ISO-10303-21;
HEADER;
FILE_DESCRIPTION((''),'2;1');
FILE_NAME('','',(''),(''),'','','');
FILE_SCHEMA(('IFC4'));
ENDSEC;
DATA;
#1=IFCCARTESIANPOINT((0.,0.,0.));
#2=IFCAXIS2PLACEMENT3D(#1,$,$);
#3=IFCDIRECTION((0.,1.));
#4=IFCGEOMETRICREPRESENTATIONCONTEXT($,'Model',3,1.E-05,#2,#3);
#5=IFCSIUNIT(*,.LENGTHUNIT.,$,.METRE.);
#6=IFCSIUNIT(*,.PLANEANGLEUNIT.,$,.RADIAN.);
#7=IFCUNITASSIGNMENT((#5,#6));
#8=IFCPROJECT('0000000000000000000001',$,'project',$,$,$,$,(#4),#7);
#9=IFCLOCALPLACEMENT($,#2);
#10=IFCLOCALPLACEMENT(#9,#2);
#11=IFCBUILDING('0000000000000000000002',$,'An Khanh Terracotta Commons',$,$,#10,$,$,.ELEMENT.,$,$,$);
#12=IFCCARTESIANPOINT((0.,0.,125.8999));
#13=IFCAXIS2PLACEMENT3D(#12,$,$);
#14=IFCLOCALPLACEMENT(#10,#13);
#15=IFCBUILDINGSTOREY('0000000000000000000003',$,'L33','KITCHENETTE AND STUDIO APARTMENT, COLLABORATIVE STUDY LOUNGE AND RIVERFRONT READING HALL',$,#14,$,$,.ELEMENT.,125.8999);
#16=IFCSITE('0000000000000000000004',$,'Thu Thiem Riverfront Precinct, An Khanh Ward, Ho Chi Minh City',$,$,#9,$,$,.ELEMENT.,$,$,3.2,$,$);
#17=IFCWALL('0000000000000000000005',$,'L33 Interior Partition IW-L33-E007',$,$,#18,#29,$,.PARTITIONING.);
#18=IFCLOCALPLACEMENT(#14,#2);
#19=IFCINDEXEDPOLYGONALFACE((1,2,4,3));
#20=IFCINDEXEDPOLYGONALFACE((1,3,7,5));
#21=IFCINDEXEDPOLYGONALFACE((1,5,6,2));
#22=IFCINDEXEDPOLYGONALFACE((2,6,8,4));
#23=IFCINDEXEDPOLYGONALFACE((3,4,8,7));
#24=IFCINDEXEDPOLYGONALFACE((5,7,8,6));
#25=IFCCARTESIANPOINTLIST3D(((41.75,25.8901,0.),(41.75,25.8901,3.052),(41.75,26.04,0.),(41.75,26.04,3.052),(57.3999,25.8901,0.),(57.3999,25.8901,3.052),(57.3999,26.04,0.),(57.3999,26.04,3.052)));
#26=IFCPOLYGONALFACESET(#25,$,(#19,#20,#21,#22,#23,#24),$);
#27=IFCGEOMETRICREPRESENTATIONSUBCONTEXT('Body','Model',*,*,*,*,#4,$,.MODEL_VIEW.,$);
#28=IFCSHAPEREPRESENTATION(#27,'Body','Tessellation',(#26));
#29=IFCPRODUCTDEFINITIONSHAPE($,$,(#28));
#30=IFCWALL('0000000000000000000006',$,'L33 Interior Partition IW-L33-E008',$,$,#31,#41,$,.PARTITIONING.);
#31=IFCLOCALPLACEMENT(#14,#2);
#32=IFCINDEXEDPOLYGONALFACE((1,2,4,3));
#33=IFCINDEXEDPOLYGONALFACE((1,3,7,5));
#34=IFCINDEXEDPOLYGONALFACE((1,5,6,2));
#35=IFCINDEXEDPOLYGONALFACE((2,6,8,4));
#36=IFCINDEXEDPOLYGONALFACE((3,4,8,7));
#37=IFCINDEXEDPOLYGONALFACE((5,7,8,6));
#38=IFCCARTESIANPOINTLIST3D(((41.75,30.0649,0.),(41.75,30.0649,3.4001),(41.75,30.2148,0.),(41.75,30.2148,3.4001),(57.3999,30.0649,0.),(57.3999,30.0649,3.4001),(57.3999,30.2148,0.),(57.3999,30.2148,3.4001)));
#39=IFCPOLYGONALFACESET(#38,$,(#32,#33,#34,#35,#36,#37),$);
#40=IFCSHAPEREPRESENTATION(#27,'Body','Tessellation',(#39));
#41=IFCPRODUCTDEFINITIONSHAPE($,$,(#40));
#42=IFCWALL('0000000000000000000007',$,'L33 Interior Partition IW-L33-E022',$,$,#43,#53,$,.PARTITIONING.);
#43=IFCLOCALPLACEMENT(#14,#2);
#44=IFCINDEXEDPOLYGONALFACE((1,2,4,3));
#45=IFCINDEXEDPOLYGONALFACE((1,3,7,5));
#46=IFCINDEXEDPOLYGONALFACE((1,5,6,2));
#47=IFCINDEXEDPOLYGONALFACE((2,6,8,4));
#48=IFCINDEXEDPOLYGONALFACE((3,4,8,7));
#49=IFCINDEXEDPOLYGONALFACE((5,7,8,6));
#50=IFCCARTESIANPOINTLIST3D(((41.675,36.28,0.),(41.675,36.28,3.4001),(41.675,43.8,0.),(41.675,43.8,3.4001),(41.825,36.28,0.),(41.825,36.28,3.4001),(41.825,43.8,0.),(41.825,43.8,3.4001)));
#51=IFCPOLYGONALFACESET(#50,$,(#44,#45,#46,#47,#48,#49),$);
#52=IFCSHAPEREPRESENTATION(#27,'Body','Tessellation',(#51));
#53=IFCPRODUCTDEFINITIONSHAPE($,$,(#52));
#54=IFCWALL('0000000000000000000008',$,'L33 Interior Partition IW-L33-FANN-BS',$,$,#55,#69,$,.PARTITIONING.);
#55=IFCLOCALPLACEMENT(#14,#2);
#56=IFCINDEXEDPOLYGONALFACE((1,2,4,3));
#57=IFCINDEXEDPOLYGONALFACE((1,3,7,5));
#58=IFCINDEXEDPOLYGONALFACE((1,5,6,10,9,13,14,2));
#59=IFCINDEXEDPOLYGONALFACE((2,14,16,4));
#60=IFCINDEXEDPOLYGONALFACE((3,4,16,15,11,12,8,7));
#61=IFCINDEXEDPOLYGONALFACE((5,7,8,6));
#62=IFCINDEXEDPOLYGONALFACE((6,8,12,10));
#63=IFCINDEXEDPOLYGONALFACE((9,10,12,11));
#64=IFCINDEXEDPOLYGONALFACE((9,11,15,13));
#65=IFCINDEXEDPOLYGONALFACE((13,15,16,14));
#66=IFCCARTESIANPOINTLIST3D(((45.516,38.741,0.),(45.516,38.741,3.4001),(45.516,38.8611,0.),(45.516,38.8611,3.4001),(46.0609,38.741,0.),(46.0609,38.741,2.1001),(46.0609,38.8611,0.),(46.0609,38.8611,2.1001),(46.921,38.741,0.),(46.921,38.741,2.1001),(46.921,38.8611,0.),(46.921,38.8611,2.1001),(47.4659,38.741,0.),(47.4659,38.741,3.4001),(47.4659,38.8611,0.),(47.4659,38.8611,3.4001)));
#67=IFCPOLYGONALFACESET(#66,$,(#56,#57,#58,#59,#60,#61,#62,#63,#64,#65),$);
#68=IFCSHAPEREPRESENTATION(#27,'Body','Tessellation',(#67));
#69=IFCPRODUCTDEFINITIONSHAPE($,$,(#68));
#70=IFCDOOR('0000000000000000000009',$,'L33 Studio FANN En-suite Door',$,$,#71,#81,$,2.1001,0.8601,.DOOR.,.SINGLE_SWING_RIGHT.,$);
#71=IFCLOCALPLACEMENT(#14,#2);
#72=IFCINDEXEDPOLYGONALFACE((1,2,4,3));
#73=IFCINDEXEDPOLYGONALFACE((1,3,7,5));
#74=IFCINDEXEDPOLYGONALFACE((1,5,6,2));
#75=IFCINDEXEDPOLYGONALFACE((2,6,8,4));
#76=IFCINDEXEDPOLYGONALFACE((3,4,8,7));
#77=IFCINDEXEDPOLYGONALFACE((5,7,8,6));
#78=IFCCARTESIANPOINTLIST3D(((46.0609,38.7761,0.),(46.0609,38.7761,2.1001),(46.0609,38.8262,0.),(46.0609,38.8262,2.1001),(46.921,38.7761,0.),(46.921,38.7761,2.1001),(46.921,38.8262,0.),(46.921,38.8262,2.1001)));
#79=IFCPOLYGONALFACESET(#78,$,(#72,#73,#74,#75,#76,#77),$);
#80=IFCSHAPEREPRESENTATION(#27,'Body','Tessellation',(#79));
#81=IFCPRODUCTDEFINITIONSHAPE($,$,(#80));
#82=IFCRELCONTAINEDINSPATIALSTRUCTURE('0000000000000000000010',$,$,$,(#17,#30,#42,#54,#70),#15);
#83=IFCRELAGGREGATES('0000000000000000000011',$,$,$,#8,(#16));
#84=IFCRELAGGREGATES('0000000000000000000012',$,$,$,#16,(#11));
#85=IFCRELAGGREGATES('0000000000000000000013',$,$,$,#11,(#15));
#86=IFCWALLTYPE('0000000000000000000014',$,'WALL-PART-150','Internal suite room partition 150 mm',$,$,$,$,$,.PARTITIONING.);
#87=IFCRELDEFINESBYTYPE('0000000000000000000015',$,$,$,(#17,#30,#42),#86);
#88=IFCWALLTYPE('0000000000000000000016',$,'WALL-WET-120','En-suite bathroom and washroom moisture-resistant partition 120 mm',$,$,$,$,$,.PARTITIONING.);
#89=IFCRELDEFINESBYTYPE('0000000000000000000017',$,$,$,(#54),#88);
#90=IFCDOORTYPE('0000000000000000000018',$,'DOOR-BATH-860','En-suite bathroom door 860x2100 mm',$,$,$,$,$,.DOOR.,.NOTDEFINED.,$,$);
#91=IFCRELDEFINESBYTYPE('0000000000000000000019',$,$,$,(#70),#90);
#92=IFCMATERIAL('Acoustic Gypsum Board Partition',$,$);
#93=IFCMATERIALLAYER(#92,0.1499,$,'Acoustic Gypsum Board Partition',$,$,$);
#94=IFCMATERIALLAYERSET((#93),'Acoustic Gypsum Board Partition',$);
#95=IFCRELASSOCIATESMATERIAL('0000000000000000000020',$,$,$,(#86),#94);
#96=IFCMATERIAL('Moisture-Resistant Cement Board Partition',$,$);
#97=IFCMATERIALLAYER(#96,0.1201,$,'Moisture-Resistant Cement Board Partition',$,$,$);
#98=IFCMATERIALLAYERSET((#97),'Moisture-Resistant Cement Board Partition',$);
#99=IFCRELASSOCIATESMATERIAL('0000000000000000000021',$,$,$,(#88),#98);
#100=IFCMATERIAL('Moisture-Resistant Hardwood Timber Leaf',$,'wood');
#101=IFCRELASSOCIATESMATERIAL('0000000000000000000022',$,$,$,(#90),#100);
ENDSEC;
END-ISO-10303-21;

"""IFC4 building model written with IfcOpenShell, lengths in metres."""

from ifc_helpers import new_model, si_unit, direction, frame, frame_2d, origin, place, context, subcontext, project, spatial, rectangle, extrude, material, layer, layer_set, type_object, element, fill, save


model = new_model("IFC4")

# Units and contexts
model_context = context("Model", 3, precision=1e-05, world=origin(), true_north=direction((0.0, 1.0)))
body_context = subcontext(model_context, "Body", "Model", "MODEL_VIEW")
ifc_project = project(units=[si_unit("LENGTHUNIT", "METRE"), si_unit("PLANEANGLEUNIT", "RADIAN")], contexts=[model_context])

# Site, building, storey
site_placement = place(None, origin())
site = spatial("IfcSite", under=ifc_project, at=site_placement, Name="Thu Thiem Riverfront Precinct, An Khanh Ward, Ho Chi Minh City", CompositionType="ELEMENT", RefElevation=3.2)
building_placement = place(site_placement, origin())
building = spatial("IfcBuilding", under=site, at=building_placement, Name="An Khanh Terracotta Commons", CompositionType="ELEMENT")
storey_placement = place(building_placement, frame((0.0, 0.0, 125.8999)))
storey = spatial("IfcBuildingStorey", under=building, at=storey_placement, Name="L33", Description="KITCHENETTE AND STUDIO APARTMENT, COLLABORATIVE STUDY LOUNGE AND RIVERFRONT READING HALL", CompositionType="ELEMENT", Elevation=125.8999)

# Walls
ifc_material_1 = material(Name="Acoustic Gypsum Board Partition")
ifc_layer_1 = layer(ifc_material_1, 0.1499, Name="Acoustic Gypsum Board Partition")
ifc_layer_set_1 = layer_set([ifc_layer_1], Name="Acoustic Gypsum Board Partition")
wall_type_1 = type_object("IfcWallType", Name="WALL-PART-150", Description="Internal suite room partition 150 mm", PredefinedType="PARTITIONING", material=ifc_layer_set_1)
wall_1_placement = place(storey_placement, frame((41.75, 25.9651, 0.0), z_axis=(0.0, 0.0, 1.0), x_axis=(1.0, 0.0, 0.0)))
element("IfcWall", 1, at=wall_1_placement, inside=storey, type_object=wall_type_1, Name="L33 Interior Partition IW-L33-E007", PredefinedType="PARTITIONING", context=body_context, shape_type="SweptSolid", body=[
    extrude(rectangle(XDim=15.6499, YDim=0.1499, at=frame_2d((7.825, 0.0))), origin(), (0.0, 0.0, 1.0), 3.052),
])
wall_2_placement = place(storey_placement, frame((41.75, 30.1399, 0.0), z_axis=(0.0, 0.0, 1.0), x_axis=(1.0, 0.0, 0.0)))
element("IfcWall", 2, at=wall_2_placement, inside=storey, type_object=wall_type_1, Name="L33 Interior Partition IW-L33-E008", PredefinedType="PARTITIONING", context=body_context, shape_type="SweptSolid", body=[
    extrude(rectangle(XDim=15.6499, YDim=0.1499, at=frame_2d((7.825, 0.0))), origin(), (0.0, 0.0, 1.0), 3.4001),
])
wall_3_placement = place(storey_placement, frame((41.75, 36.28, 0.0), z_axis=(0.0, 0.0, 1.0), x_axis=(0.0, 1.0, 0.0)))
element("IfcWall", 3, at=wall_3_placement, inside=storey, type_object=wall_type_1, Name="L33 Interior Partition IW-L33-E022", PredefinedType="PARTITIONING", context=body_context, shape_type="SweptSolid", body=[
    extrude(rectangle(XDim=7.52, YDim=0.1499, at=frame_2d((3.76, 0.0))), origin(), (0.0, 0.0, 1.0), 3.4001),
])

# Wall, opening, door
ifc_material_2 = material(Name="Moisture-Resistant Cement Board Partition")
ifc_layer_2 = layer(ifc_material_2, 0.1201, Name="Moisture-Resistant Cement Board Partition")
ifc_layer_set_2 = layer_set([ifc_layer_2], Name="Moisture-Resistant Cement Board Partition")
wall_type_2 = type_object("IfcWallType", Name="WALL-WET-120", Description="En-suite bathroom and washroom moisture-resistant partition 120 mm", PredefinedType="PARTITIONING", material=ifc_layer_set_2)
wall_4_placement = place(storey_placement, frame((47.4661, 38.801, 0.0), z_axis=(0.0, 0.0, 1.0), x_axis=(-1.0, 0.0, 0.0)))
wall_4 = element("IfcWall", 4, at=wall_4_placement, inside=storey, type_object=wall_type_2, Name="L33 Interior Partition IW-L33-FANN-BS", PredefinedType="PARTITIONING", context=body_context, shape_type="SweptSolid", body=[
    extrude(rectangle(XDim=1.95, YDim=0.1201, at=frame_2d((0.9751, 0.0))), origin(), (0.0, 0.0, 1.0), 3.4001),
])
opening_1_placement = place(wall_4_placement, frame((0.5449, 0.0, 0.0)))
opening_1 = element("IfcOpeningElement", 5, at=opening_1_placement, cuts=wall_4, PredefinedType="OPENING", context=body_context, shape_type="SweptSolid", body=[
    extrude(rectangle(XDim=0.8601, YDim=2.1001, at=frame_2d((0.4302, 1.05))), frame((0.0, 0.0701, 0.0), z_axis=(0.0, -1.0, 0.0), x_axis=(1.0, 0.0, 0.0)), (0.0, 0.0, 1.0), 0.1401),
])
ifc_material_3 = material(Name="Moisture-Resistant Hardwood Timber Leaf", Category="wood")
door_type_1 = type_object("IfcDoorType", Name="DOOR-BATH-860", Description="En-suite bathroom door 860x2100 mm", OperationType="NOTDEFINED", PredefinedType="DOOR", material=ifc_material_3)
door_1_placement = place(opening_1_placement, origin())
door_1 = element("IfcDoor", 6, at=door_1_placement, inside=storey, type_object=door_type_1, Name="L33 Studio FANN En-suite Door", OperationType="SINGLE_SWING_RIGHT", OverallHeight=2.1001, OverallWidth=0.8601, PredefinedType="DOOR", context=body_context, shape_type="SweptSolid", body=[
    extrude(rectangle(XDim=0.8601, YDim=2.1001, at=frame_2d((0.4302, 1.05))), frame((0.0, 0.0249, 0.0), z_axis=(0.0, -1.0, 0.0), x_axis=(1.0, 0.0, 0.0)), (0.0, 0.0, 1.0), 0.05),
])
fill(opening_1, door_1)

save(model, "model.ifc")
